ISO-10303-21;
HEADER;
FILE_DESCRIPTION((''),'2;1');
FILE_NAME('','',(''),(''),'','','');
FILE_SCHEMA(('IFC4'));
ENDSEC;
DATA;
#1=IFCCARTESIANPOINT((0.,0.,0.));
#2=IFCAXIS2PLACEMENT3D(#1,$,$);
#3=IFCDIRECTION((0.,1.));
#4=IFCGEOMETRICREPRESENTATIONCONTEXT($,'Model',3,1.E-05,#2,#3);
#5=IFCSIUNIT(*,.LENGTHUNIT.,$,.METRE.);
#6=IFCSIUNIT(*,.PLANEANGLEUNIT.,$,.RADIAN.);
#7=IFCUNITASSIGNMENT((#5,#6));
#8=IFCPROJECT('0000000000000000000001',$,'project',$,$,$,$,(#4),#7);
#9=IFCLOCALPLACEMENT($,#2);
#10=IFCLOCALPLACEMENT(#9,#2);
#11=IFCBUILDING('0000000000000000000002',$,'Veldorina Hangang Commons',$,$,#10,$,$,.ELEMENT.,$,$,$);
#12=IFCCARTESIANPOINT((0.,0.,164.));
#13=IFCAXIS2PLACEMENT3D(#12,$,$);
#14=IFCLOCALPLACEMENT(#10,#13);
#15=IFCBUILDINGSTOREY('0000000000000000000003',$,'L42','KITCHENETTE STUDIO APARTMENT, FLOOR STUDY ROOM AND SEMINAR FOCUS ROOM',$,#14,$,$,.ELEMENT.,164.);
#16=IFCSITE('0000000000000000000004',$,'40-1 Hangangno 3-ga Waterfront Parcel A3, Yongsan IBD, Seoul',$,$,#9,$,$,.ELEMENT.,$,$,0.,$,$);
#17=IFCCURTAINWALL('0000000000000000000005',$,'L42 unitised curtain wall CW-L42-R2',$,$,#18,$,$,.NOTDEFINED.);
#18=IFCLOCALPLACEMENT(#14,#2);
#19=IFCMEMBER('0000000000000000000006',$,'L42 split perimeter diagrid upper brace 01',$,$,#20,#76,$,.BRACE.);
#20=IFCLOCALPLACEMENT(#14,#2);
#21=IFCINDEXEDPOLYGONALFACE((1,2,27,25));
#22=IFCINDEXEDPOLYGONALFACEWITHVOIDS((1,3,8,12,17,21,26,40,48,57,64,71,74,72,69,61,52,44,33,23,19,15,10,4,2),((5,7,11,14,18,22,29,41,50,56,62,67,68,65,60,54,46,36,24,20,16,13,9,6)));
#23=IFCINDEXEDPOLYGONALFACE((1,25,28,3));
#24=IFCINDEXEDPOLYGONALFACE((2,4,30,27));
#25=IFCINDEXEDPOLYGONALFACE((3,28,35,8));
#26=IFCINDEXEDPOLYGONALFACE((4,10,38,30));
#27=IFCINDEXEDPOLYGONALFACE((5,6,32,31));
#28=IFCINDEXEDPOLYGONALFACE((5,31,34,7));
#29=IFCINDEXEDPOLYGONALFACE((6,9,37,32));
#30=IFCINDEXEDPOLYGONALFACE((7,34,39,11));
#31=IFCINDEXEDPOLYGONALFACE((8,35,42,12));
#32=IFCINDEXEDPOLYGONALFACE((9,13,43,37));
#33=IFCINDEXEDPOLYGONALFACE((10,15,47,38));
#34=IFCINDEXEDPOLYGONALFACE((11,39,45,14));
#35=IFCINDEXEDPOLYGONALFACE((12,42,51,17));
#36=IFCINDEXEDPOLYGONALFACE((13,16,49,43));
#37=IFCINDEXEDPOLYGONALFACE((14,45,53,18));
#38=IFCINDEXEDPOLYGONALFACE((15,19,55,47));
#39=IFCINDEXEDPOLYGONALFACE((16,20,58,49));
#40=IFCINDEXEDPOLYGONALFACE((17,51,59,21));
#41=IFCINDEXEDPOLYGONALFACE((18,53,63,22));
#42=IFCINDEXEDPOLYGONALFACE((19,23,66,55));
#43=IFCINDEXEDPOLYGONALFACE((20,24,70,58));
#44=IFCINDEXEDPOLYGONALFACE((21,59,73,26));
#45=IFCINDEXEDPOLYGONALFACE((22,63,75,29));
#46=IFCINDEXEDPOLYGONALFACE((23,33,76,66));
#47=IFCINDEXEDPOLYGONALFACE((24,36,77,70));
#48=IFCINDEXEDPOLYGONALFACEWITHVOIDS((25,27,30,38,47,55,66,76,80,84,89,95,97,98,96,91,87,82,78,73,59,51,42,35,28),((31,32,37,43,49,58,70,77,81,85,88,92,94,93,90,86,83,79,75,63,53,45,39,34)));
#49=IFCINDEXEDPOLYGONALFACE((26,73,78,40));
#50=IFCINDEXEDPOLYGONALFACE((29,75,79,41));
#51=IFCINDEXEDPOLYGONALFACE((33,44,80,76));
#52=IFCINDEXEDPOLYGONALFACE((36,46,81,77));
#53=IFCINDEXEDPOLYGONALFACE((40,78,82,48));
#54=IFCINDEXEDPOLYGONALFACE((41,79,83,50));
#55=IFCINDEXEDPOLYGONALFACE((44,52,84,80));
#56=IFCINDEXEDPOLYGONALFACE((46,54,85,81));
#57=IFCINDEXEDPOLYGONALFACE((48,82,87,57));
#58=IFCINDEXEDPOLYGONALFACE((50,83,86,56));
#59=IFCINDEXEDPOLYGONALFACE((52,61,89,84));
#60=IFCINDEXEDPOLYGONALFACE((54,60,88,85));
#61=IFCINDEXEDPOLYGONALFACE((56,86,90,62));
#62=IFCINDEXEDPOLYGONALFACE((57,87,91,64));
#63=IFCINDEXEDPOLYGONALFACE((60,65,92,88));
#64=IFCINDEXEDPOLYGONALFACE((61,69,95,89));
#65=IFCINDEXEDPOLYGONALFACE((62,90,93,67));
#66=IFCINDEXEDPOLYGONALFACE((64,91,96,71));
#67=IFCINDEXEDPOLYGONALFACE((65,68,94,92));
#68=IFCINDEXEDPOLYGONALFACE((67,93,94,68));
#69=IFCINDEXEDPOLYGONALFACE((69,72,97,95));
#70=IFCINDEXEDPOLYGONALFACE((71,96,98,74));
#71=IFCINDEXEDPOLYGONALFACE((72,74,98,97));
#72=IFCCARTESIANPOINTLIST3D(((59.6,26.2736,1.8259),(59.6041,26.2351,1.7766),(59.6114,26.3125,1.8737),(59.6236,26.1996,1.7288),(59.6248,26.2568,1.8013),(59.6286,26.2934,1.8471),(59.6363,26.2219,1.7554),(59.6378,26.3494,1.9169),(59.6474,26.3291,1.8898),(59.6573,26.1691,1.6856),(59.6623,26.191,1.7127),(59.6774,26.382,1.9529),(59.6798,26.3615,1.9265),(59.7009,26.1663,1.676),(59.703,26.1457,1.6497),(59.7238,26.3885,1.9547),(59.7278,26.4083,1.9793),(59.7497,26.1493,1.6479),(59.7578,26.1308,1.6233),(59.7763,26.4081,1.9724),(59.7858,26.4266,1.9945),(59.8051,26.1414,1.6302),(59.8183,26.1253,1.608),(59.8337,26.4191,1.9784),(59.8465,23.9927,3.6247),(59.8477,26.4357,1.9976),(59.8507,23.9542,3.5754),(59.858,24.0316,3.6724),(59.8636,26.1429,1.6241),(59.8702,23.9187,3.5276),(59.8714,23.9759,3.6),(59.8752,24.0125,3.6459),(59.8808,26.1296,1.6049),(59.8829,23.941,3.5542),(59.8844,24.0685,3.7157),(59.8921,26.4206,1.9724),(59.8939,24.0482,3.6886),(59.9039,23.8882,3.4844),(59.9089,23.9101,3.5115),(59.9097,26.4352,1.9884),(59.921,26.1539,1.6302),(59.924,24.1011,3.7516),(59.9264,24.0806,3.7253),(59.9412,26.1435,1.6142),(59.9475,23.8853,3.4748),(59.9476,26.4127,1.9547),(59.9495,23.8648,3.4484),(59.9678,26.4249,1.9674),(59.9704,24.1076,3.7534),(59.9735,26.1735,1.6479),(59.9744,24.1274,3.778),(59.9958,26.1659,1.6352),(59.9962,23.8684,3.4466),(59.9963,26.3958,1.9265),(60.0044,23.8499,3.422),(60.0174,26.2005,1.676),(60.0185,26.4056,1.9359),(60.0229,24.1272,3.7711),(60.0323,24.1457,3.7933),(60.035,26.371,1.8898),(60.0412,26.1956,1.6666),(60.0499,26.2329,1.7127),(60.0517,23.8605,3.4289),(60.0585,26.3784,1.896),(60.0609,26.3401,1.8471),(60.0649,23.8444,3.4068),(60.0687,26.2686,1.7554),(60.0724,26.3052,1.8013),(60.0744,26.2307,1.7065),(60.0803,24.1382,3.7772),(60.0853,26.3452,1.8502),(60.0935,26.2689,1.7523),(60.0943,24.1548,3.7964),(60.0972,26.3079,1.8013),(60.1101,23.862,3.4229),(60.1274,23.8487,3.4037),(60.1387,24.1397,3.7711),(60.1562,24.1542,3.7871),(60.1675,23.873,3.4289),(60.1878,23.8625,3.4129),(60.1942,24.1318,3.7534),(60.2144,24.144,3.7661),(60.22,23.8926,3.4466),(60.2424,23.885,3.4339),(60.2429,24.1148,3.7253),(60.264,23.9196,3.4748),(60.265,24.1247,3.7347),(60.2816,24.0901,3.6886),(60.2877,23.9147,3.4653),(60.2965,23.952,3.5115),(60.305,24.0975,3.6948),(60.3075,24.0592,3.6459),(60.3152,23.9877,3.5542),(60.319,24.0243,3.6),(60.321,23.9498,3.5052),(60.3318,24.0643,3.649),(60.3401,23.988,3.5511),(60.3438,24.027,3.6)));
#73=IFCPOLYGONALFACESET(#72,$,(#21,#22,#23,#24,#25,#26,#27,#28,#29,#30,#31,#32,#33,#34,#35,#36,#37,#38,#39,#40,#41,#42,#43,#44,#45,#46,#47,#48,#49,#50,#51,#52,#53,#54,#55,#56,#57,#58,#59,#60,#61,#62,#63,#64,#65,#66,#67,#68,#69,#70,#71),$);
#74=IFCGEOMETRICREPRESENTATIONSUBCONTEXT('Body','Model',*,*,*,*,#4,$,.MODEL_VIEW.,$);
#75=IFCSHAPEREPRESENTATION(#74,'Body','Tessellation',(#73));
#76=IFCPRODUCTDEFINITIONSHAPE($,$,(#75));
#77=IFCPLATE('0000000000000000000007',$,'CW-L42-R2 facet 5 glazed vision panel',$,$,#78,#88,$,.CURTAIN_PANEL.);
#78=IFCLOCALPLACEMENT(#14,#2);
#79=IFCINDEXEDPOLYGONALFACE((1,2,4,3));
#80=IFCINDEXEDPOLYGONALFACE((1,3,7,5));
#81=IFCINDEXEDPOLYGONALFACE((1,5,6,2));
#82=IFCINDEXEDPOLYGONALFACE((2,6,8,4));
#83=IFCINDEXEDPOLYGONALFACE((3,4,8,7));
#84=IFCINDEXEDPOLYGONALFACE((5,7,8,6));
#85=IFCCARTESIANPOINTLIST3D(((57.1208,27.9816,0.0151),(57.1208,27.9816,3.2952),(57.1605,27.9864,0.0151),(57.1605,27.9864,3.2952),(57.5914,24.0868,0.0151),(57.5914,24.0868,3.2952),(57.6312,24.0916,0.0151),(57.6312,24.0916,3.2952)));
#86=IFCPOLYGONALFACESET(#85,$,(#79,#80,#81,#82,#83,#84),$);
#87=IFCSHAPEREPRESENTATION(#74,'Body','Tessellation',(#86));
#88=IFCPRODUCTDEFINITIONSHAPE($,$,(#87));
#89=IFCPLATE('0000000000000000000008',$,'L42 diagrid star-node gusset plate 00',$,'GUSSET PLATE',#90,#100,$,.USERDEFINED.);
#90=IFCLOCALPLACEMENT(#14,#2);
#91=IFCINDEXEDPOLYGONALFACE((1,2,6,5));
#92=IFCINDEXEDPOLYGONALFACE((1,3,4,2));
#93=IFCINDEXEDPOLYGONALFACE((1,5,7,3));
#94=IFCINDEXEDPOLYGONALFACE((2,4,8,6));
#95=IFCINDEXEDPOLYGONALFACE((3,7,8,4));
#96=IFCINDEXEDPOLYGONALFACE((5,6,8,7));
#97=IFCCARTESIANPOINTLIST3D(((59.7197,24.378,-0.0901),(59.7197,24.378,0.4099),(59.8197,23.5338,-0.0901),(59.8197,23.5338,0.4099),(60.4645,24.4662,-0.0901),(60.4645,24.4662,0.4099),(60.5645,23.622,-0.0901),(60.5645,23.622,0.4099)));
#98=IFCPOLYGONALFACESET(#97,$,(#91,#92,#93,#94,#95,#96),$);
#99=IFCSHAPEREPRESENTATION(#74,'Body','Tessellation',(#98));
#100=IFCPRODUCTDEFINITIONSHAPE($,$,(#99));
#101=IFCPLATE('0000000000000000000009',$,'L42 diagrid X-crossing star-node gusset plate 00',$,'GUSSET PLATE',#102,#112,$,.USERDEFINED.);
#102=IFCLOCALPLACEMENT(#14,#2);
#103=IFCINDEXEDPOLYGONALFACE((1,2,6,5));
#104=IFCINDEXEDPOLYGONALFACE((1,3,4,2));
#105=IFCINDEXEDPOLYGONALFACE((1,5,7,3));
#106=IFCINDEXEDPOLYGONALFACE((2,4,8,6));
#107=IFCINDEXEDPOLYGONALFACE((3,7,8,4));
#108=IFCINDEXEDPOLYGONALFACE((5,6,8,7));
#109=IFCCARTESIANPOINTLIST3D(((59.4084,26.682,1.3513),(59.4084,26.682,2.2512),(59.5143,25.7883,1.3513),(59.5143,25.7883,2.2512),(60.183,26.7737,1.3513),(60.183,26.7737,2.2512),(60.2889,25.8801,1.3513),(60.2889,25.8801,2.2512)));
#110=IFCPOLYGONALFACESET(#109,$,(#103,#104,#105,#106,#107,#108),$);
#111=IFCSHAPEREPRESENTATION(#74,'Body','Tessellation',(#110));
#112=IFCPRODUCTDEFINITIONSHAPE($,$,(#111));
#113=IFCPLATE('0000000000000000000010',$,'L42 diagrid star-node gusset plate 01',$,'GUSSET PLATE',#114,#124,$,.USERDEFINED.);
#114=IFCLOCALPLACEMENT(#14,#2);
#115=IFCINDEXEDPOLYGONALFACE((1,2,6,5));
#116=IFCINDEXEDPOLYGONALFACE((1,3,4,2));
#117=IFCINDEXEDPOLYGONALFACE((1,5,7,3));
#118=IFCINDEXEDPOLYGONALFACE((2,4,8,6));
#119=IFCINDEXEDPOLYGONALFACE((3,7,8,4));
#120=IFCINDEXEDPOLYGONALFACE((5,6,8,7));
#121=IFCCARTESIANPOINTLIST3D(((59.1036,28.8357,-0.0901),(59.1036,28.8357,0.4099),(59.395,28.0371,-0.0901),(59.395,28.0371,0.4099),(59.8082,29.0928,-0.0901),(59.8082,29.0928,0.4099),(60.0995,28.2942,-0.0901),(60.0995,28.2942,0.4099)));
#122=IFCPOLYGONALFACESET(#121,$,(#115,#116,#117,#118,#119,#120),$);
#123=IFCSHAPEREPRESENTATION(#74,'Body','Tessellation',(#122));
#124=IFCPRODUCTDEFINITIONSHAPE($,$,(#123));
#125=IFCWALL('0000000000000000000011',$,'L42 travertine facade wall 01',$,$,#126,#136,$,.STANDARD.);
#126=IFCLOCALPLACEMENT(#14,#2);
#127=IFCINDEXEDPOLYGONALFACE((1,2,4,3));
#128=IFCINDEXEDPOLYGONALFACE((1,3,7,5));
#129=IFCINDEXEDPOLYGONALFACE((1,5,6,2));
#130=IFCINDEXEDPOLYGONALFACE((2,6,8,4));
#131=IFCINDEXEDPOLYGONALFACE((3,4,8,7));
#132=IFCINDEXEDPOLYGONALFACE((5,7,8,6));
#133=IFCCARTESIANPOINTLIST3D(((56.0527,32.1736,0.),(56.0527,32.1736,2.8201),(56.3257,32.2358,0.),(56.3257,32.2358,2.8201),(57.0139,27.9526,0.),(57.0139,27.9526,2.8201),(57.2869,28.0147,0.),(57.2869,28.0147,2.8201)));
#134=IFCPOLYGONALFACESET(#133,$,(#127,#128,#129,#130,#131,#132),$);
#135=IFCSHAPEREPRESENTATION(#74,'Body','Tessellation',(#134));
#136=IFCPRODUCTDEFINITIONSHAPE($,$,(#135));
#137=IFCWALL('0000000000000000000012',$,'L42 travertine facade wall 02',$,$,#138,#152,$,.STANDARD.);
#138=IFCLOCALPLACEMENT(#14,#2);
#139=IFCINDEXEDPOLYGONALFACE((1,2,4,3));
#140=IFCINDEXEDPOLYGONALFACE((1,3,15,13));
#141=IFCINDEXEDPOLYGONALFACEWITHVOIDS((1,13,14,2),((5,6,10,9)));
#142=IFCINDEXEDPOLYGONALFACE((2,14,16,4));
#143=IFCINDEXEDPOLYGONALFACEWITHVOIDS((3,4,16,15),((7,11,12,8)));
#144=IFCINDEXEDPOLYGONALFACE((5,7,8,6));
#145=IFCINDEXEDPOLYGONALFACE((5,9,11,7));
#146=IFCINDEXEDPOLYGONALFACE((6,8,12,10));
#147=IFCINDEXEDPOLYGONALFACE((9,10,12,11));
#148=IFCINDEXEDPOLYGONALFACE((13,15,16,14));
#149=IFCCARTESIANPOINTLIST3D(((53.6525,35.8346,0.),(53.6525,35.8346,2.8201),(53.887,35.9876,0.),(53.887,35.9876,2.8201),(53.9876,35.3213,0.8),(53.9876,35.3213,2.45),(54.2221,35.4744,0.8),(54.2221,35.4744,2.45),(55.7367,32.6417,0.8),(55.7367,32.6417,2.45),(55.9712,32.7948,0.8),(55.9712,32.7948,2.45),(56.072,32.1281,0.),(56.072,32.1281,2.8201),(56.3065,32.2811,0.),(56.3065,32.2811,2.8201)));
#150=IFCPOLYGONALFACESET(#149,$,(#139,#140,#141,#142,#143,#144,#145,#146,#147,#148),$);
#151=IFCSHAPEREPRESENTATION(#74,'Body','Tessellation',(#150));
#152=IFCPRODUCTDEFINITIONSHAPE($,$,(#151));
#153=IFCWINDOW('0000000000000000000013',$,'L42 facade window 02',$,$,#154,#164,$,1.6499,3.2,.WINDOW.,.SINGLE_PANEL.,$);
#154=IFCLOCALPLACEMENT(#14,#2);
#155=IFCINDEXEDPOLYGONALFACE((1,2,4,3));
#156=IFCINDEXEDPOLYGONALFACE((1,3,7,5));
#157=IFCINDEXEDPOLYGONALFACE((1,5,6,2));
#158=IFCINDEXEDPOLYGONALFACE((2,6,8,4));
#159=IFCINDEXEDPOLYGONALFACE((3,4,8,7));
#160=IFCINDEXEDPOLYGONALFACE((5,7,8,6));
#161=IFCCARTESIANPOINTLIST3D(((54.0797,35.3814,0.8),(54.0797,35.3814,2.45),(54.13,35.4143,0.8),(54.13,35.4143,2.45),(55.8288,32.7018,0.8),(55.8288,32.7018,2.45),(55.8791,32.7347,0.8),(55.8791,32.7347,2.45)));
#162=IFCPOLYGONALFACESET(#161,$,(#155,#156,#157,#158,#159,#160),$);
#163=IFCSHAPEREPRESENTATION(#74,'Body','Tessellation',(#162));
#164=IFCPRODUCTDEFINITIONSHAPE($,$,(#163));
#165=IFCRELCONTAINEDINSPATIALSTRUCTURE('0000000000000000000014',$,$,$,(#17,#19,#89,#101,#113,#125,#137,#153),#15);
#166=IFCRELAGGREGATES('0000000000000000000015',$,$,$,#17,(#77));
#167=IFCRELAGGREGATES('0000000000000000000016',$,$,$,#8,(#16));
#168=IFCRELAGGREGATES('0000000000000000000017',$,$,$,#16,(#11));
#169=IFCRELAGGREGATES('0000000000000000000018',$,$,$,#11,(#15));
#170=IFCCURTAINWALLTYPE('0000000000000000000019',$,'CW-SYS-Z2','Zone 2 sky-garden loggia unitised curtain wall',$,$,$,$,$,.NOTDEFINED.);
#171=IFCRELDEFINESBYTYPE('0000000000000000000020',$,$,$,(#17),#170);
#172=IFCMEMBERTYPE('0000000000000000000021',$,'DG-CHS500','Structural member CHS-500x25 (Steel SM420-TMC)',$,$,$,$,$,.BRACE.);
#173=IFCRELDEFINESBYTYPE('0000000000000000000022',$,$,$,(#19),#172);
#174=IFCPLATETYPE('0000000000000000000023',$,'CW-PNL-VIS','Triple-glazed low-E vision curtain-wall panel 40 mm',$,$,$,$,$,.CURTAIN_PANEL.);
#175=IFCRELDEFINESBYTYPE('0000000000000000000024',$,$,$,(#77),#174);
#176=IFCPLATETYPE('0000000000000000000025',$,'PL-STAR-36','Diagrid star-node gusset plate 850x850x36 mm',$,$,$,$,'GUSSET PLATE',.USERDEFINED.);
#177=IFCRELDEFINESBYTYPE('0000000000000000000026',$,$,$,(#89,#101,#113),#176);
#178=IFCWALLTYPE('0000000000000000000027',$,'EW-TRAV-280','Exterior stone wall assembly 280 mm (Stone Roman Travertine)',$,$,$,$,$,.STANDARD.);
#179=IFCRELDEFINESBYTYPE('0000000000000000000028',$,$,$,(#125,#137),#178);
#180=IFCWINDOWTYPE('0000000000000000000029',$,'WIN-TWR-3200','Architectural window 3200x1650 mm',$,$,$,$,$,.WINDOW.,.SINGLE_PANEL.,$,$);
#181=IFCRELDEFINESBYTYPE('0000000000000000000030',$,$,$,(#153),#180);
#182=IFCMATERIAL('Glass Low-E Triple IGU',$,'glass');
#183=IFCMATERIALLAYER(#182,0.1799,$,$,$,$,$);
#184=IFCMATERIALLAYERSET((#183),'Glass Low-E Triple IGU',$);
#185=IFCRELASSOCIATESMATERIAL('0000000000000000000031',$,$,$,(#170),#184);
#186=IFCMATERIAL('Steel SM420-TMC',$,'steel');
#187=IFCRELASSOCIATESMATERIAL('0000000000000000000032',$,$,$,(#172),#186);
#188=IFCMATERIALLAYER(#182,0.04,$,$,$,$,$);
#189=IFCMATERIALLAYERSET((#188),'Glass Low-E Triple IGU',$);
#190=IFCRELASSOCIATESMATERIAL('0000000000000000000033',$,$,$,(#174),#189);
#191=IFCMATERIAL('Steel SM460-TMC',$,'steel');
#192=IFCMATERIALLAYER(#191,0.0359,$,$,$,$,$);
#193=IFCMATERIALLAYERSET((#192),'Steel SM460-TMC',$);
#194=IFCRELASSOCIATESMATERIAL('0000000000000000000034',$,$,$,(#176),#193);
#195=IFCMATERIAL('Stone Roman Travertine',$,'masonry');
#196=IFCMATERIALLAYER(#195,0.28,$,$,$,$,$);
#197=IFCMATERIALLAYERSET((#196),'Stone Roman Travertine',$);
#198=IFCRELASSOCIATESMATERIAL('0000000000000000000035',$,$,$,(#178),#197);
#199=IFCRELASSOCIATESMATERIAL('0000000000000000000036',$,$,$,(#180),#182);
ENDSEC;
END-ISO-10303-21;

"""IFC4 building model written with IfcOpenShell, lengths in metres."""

from ifc_helpers import new_model, si_unit, direction, frame, frame_2d, origin, origin_2d, place, context, subcontext, project, spatial, rectangle, hollow_circle, extrude, material, layer, layer_set, material_profile, profile_set, type_object, element, fill, aggregate, save


model = new_model("IFC4")

# Units and contexts
model_context = context("Model", 3, precision=1e-05, world=origin(), true_north=direction((0.0, 1.0)))
body_context = subcontext(model_context, "Body", "Model", "MODEL_VIEW")
ifc_project = project(units=[si_unit("LENGTHUNIT", "METRE"), si_unit("PLANEANGLEUNIT", "RADIAN")], contexts=[model_context])

# Site, building, storey
site_placement = place(None, origin())
site = spatial("IfcSite", under=ifc_project, at=site_placement, Name="40-1 Hangangno 3-ga Waterfront Parcel A3, Yongsan IBD, Seoul", CompositionType="ELEMENT", RefElevation=0.0)
building_placement = place(site_placement, origin())
building = spatial("IfcBuilding", under=site, at=building_placement, Name="Veldorina Hangang Commons", CompositionType="ELEMENT")
storey_placement = place(building_placement, frame((0.0, 0.0, 164.0)))
storey = spatial("IfcBuildingStorey", under=building, at=storey_placement, Name="L42", Description="KITCHENETTE STUDIO APARTMENT, FLOOR STUDY ROOM AND SEMINAR FOCUS ROOM", CompositionType="ELEMENT", Elevation=164.0)

# Shared definitions
ifc_material_1 = material(Name="Steel SM420-TMC", Category="steel")

# Curtain wall
ifc_material_2 = material(Name="Glass Low-E Triple IGU", Category="glass")
ifc_layer_1 = layer(ifc_material_2, 0.1799)
ifc_layer_set_1 = layer_set([ifc_layer_1], Name="Glass Low-E Triple IGU")
curtain_wall_type = type_object("IfcCurtainWallType", Name="CW-SYS-Z2", Description="Zone 2 sky-garden loggia unitised curtain wall", PredefinedType="NOTDEFINED", material=ifc_layer_set_1)
curtain_wall_placement = place(storey_placement, origin())
curtain_wall = element("IfcCurtainWall", 1, at=curtain_wall_placement, inside=storey, type_object=curtain_wall_type, Name="L42 unitised curtain wall CW-L42-R2", PredefinedType="NOTDEFINED")

# Member
ifc_material_profile_1 = material_profile(ifc_material_1, hollow_circle(Radius=0.25, WallThickness=0.0249, at=origin_2d()), Name="CHS-500x25")
ifc_profile_set_1 = profile_set([ifc_material_profile_1], Name="Steel SM420-TMC")
member_type_1 = type_object("IfcMemberType", Name="DG-CHS500", Description="Structural member CHS-500x25 (Steel SM420-TMC)", PredefinedType="BRACE", material=ifc_profile_set_1)
member_1_placement = place(storey_placement, frame((59.8486, 26.281, 1.8013), z_axis=(0.084579, -0.782398, 0.617008), x_axis=(0.994208, 0.107476, 0.0)))
element("IfcMember", 2, at=member_1_placement, inside=storey, type_object=member_type_1, Name="L42 split perimeter diagrid upper brace 01", PredefinedType="BRACE", context=body_context, shape_type="SweptSolid", body=[
    extrude(hollow_circle(Radius=0.25, WallThickness=0.0249, at=origin_2d()), origin(), (0.0, 0.0, 1.0), 2.9153),
])

# Plate
ifc_layer_2 = layer(ifc_material_2, 0.04)
ifc_layer_set_2 = layer_set([ifc_layer_2], Name="Glass Low-E Triple IGU")
plate_type_1 = type_object("IfcPlateType", Name="CW-PNL-VIS", Description="Triple-glazed low-E vision curtain-wall panel 40 mm", PredefinedType="CURTAIN_PANEL", material=ifc_layer_set_2)
plate_1_placement = place(storey_placement, frame((57.376, 26.0366, 0.0151), z_axis=(0.0, 0.0, 1.0), x_axis=(-0.119981, 0.992776, 0.0)))
plate_1 = element("IfcPlate", 3, at=plate_1_placement, type_object=plate_type_1, Name="CW-L42-R2 facet 5 glazed vision panel", PredefinedType="CURTAIN_PANEL", context=body_context, shape_type="SweptSolid", body=[
    extrude(rectangle(XDim=3.9231, YDim=0.04, at=origin_2d()), origin(), (0.0, 0.0, 1.0), 3.28),
])
aggregate(curtain_wall, [plate_1])

# Plates
ifc_material_3 = material(Name="Steel SM460-TMC", Category="steel")
ifc_layer_3 = layer(ifc_material_3, 0.0359)
ifc_layer_set_3 = layer_set([ifc_layer_3], Name="Steel SM460-TMC")
plate_type_2 = type_object("IfcPlateType", Name="PL-STAR-36", Description="Diagrid star-node gusset plate 850x850x36 mm", ElementType="GUSSET PLATE", PredefinedType="USERDEFINED", material=ifc_layer_set_3)
plate_2_placement = place(storey_placement, frame((60.1421, 24.0, -0.0901), z_axis=(0.0, 0.0, 1.0), x_axis=(-0.117624, 0.993058, 0.0)))
element("IfcPlate", 4, at=plate_2_placement, inside=storey, type_object=plate_type_2, Name="L42 diagrid star-node gusset plate 00", ObjectType="GUSSET PLATE", PredefinedType="USERDEFINED", context=body_context, shape_type="SweptSolid", body=[
    extrude(rectangle(XDim=0.8501, YDim=0.75, at=origin_2d()), origin(), (0.0, 0.0, 1.0), 0.5),
])
plate_3_placement = place(storey_placement, frame((59.8486, 26.281, 1.3513), z_axis=(0.0, 0.0, 1.0), x_axis=(-0.117624, 0.993058, 0.0)))
element("IfcPlate", 5, at=plate_3_placement, inside=storey, type_object=plate_type_2, Name="L42 diagrid X-crossing star-node gusset plate 00", ObjectType="GUSSET PLATE", PredefinedType="USERDEFINED", context=body_context, shape_type="SweptSolid", body=[
    extrude(rectangle(XDim=0.8999, YDim=0.78, at=origin_2d()), origin(), (0.0, 0.0, 1.0), 0.8999),
])
plate_4_placement = place(storey_placement, frame((59.6016, 28.5649, -0.0901), z_axis=(0.0, 0.0, 1.0), x_axis=(-0.342742, 0.93943, 0.0)))
element("IfcPlate", 6, at=plate_4_placement, inside=storey, type_object=plate_type_2, Name="L42 diagrid star-node gusset plate 01", ObjectType="GUSSET PLATE", PredefinedType="USERDEFINED", context=body_context, shape_type="SweptSolid", body=[
    extrude(rectangle(XDim=0.8501, YDim=0.75, at=origin_2d()), origin(), (0.0, 0.0, 1.0), 0.5),
])

# Wall
ifc_material_4 = material(Name="Stone Roman Travertine", Category="masonry")
ifc_layer_4 = layer(ifc_material_4, 0.28)
ifc_layer_set_4 = layer_set([ifc_layer_4], Name="Stone Roman Travertine")
wall_type_1 = type_object("IfcWallType", Name="EW-TRAV-280", Description="Exterior stone wall assembly 280 mm (Stone Roman Travertine)", PredefinedType="STANDARD", material=ifc_layer_set_4)
wall_1_placement = place(storey_placement, frame((57.1504, 27.9836, 0.0), z_axis=(0.0, 0.0, 1.0), x_axis=(-0.222033, 0.975039, 0.0)))
element("IfcWall", 7, at=wall_1_placement, inside=storey, type_object=wall_type_1, Name="L42 travertine facade wall 01", PredefinedType="STANDARD", context=body_context, shape_type="SweptSolid", body=[
    extrude(rectangle(XDim=4.3291, YDim=0.28, at=frame_2d((2.1646, 0.0))), origin(), (0.0, 0.0, 1.0), 2.8201),
])

# Wall, opening, window
wall_2_placement = place(storey_placement, frame((56.1892, 32.2046, 0.0), z_axis=(0.0, 0.0, 1.0), x_axis=(-0.546604, 0.837391, 0.0)))
wall_2 = element("IfcWall", 8, at=wall_2_placement, inside=storey, type_object=wall_type_1, Name="L42 travertine facade wall 02", PredefinedType="STANDARD", context=body_context, shape_type="SweptSolid", body=[
    extrude(rectangle(XDim=4.4263, YDim=0.28, at=frame_2d((2.2131, 0.0))), origin(), (0.0, 0.0, 1.0), 2.8201),
])
opening_1_placement = place(wall_2_placement, frame((0.6133, 0.0, 0.8)))
opening_1 = element("IfcOpeningElement", 9, at=opening_1_placement, cuts=wall_2, PredefinedType="OPENING", context=body_context, shape_type="SweptSolid", body=[
    extrude(rectangle(XDim=3.2, YDim=1.6499, at=frame_2d((1.6001, 0.825))), frame((0.0, 0.1499, 0.0), z_axis=(0.0, -1.0, 0.0), x_axis=(1.0, 0.0, 0.0)), (0.0, 0.0, 1.0), 0.3),
])
window_type = type_object("IfcWindowType", Name="WIN-TWR-3200", Description="Architectural window 3200x1650 mm", PartitioningType="SINGLE_PANEL", PredefinedType="WINDOW", material=ifc_material_2)
window_placement = place(opening_1_placement, origin())
window = element("IfcWindow", 10, at=window_placement, inside=storey, type_object=window_type, Name="L42 facade window 02", OverallHeight=1.6499, OverallWidth=3.2, PartitioningType="SINGLE_PANEL", PredefinedType="WINDOW", context=body_context, shape_type="SweptSolid", body=[
    extrude(rectangle(XDim=3.2, YDim=1.6499, at=frame_2d((1.6001, 0.825))), frame((0.0, 0.03, 0.0), z_axis=(0.0, -1.0, 0.0), x_axis=(1.0, 0.0, 0.0)), (0.0, 0.0, 1.0), 0.0601),
])
fill(opening_1, window)

save(model, "model.ifc")
